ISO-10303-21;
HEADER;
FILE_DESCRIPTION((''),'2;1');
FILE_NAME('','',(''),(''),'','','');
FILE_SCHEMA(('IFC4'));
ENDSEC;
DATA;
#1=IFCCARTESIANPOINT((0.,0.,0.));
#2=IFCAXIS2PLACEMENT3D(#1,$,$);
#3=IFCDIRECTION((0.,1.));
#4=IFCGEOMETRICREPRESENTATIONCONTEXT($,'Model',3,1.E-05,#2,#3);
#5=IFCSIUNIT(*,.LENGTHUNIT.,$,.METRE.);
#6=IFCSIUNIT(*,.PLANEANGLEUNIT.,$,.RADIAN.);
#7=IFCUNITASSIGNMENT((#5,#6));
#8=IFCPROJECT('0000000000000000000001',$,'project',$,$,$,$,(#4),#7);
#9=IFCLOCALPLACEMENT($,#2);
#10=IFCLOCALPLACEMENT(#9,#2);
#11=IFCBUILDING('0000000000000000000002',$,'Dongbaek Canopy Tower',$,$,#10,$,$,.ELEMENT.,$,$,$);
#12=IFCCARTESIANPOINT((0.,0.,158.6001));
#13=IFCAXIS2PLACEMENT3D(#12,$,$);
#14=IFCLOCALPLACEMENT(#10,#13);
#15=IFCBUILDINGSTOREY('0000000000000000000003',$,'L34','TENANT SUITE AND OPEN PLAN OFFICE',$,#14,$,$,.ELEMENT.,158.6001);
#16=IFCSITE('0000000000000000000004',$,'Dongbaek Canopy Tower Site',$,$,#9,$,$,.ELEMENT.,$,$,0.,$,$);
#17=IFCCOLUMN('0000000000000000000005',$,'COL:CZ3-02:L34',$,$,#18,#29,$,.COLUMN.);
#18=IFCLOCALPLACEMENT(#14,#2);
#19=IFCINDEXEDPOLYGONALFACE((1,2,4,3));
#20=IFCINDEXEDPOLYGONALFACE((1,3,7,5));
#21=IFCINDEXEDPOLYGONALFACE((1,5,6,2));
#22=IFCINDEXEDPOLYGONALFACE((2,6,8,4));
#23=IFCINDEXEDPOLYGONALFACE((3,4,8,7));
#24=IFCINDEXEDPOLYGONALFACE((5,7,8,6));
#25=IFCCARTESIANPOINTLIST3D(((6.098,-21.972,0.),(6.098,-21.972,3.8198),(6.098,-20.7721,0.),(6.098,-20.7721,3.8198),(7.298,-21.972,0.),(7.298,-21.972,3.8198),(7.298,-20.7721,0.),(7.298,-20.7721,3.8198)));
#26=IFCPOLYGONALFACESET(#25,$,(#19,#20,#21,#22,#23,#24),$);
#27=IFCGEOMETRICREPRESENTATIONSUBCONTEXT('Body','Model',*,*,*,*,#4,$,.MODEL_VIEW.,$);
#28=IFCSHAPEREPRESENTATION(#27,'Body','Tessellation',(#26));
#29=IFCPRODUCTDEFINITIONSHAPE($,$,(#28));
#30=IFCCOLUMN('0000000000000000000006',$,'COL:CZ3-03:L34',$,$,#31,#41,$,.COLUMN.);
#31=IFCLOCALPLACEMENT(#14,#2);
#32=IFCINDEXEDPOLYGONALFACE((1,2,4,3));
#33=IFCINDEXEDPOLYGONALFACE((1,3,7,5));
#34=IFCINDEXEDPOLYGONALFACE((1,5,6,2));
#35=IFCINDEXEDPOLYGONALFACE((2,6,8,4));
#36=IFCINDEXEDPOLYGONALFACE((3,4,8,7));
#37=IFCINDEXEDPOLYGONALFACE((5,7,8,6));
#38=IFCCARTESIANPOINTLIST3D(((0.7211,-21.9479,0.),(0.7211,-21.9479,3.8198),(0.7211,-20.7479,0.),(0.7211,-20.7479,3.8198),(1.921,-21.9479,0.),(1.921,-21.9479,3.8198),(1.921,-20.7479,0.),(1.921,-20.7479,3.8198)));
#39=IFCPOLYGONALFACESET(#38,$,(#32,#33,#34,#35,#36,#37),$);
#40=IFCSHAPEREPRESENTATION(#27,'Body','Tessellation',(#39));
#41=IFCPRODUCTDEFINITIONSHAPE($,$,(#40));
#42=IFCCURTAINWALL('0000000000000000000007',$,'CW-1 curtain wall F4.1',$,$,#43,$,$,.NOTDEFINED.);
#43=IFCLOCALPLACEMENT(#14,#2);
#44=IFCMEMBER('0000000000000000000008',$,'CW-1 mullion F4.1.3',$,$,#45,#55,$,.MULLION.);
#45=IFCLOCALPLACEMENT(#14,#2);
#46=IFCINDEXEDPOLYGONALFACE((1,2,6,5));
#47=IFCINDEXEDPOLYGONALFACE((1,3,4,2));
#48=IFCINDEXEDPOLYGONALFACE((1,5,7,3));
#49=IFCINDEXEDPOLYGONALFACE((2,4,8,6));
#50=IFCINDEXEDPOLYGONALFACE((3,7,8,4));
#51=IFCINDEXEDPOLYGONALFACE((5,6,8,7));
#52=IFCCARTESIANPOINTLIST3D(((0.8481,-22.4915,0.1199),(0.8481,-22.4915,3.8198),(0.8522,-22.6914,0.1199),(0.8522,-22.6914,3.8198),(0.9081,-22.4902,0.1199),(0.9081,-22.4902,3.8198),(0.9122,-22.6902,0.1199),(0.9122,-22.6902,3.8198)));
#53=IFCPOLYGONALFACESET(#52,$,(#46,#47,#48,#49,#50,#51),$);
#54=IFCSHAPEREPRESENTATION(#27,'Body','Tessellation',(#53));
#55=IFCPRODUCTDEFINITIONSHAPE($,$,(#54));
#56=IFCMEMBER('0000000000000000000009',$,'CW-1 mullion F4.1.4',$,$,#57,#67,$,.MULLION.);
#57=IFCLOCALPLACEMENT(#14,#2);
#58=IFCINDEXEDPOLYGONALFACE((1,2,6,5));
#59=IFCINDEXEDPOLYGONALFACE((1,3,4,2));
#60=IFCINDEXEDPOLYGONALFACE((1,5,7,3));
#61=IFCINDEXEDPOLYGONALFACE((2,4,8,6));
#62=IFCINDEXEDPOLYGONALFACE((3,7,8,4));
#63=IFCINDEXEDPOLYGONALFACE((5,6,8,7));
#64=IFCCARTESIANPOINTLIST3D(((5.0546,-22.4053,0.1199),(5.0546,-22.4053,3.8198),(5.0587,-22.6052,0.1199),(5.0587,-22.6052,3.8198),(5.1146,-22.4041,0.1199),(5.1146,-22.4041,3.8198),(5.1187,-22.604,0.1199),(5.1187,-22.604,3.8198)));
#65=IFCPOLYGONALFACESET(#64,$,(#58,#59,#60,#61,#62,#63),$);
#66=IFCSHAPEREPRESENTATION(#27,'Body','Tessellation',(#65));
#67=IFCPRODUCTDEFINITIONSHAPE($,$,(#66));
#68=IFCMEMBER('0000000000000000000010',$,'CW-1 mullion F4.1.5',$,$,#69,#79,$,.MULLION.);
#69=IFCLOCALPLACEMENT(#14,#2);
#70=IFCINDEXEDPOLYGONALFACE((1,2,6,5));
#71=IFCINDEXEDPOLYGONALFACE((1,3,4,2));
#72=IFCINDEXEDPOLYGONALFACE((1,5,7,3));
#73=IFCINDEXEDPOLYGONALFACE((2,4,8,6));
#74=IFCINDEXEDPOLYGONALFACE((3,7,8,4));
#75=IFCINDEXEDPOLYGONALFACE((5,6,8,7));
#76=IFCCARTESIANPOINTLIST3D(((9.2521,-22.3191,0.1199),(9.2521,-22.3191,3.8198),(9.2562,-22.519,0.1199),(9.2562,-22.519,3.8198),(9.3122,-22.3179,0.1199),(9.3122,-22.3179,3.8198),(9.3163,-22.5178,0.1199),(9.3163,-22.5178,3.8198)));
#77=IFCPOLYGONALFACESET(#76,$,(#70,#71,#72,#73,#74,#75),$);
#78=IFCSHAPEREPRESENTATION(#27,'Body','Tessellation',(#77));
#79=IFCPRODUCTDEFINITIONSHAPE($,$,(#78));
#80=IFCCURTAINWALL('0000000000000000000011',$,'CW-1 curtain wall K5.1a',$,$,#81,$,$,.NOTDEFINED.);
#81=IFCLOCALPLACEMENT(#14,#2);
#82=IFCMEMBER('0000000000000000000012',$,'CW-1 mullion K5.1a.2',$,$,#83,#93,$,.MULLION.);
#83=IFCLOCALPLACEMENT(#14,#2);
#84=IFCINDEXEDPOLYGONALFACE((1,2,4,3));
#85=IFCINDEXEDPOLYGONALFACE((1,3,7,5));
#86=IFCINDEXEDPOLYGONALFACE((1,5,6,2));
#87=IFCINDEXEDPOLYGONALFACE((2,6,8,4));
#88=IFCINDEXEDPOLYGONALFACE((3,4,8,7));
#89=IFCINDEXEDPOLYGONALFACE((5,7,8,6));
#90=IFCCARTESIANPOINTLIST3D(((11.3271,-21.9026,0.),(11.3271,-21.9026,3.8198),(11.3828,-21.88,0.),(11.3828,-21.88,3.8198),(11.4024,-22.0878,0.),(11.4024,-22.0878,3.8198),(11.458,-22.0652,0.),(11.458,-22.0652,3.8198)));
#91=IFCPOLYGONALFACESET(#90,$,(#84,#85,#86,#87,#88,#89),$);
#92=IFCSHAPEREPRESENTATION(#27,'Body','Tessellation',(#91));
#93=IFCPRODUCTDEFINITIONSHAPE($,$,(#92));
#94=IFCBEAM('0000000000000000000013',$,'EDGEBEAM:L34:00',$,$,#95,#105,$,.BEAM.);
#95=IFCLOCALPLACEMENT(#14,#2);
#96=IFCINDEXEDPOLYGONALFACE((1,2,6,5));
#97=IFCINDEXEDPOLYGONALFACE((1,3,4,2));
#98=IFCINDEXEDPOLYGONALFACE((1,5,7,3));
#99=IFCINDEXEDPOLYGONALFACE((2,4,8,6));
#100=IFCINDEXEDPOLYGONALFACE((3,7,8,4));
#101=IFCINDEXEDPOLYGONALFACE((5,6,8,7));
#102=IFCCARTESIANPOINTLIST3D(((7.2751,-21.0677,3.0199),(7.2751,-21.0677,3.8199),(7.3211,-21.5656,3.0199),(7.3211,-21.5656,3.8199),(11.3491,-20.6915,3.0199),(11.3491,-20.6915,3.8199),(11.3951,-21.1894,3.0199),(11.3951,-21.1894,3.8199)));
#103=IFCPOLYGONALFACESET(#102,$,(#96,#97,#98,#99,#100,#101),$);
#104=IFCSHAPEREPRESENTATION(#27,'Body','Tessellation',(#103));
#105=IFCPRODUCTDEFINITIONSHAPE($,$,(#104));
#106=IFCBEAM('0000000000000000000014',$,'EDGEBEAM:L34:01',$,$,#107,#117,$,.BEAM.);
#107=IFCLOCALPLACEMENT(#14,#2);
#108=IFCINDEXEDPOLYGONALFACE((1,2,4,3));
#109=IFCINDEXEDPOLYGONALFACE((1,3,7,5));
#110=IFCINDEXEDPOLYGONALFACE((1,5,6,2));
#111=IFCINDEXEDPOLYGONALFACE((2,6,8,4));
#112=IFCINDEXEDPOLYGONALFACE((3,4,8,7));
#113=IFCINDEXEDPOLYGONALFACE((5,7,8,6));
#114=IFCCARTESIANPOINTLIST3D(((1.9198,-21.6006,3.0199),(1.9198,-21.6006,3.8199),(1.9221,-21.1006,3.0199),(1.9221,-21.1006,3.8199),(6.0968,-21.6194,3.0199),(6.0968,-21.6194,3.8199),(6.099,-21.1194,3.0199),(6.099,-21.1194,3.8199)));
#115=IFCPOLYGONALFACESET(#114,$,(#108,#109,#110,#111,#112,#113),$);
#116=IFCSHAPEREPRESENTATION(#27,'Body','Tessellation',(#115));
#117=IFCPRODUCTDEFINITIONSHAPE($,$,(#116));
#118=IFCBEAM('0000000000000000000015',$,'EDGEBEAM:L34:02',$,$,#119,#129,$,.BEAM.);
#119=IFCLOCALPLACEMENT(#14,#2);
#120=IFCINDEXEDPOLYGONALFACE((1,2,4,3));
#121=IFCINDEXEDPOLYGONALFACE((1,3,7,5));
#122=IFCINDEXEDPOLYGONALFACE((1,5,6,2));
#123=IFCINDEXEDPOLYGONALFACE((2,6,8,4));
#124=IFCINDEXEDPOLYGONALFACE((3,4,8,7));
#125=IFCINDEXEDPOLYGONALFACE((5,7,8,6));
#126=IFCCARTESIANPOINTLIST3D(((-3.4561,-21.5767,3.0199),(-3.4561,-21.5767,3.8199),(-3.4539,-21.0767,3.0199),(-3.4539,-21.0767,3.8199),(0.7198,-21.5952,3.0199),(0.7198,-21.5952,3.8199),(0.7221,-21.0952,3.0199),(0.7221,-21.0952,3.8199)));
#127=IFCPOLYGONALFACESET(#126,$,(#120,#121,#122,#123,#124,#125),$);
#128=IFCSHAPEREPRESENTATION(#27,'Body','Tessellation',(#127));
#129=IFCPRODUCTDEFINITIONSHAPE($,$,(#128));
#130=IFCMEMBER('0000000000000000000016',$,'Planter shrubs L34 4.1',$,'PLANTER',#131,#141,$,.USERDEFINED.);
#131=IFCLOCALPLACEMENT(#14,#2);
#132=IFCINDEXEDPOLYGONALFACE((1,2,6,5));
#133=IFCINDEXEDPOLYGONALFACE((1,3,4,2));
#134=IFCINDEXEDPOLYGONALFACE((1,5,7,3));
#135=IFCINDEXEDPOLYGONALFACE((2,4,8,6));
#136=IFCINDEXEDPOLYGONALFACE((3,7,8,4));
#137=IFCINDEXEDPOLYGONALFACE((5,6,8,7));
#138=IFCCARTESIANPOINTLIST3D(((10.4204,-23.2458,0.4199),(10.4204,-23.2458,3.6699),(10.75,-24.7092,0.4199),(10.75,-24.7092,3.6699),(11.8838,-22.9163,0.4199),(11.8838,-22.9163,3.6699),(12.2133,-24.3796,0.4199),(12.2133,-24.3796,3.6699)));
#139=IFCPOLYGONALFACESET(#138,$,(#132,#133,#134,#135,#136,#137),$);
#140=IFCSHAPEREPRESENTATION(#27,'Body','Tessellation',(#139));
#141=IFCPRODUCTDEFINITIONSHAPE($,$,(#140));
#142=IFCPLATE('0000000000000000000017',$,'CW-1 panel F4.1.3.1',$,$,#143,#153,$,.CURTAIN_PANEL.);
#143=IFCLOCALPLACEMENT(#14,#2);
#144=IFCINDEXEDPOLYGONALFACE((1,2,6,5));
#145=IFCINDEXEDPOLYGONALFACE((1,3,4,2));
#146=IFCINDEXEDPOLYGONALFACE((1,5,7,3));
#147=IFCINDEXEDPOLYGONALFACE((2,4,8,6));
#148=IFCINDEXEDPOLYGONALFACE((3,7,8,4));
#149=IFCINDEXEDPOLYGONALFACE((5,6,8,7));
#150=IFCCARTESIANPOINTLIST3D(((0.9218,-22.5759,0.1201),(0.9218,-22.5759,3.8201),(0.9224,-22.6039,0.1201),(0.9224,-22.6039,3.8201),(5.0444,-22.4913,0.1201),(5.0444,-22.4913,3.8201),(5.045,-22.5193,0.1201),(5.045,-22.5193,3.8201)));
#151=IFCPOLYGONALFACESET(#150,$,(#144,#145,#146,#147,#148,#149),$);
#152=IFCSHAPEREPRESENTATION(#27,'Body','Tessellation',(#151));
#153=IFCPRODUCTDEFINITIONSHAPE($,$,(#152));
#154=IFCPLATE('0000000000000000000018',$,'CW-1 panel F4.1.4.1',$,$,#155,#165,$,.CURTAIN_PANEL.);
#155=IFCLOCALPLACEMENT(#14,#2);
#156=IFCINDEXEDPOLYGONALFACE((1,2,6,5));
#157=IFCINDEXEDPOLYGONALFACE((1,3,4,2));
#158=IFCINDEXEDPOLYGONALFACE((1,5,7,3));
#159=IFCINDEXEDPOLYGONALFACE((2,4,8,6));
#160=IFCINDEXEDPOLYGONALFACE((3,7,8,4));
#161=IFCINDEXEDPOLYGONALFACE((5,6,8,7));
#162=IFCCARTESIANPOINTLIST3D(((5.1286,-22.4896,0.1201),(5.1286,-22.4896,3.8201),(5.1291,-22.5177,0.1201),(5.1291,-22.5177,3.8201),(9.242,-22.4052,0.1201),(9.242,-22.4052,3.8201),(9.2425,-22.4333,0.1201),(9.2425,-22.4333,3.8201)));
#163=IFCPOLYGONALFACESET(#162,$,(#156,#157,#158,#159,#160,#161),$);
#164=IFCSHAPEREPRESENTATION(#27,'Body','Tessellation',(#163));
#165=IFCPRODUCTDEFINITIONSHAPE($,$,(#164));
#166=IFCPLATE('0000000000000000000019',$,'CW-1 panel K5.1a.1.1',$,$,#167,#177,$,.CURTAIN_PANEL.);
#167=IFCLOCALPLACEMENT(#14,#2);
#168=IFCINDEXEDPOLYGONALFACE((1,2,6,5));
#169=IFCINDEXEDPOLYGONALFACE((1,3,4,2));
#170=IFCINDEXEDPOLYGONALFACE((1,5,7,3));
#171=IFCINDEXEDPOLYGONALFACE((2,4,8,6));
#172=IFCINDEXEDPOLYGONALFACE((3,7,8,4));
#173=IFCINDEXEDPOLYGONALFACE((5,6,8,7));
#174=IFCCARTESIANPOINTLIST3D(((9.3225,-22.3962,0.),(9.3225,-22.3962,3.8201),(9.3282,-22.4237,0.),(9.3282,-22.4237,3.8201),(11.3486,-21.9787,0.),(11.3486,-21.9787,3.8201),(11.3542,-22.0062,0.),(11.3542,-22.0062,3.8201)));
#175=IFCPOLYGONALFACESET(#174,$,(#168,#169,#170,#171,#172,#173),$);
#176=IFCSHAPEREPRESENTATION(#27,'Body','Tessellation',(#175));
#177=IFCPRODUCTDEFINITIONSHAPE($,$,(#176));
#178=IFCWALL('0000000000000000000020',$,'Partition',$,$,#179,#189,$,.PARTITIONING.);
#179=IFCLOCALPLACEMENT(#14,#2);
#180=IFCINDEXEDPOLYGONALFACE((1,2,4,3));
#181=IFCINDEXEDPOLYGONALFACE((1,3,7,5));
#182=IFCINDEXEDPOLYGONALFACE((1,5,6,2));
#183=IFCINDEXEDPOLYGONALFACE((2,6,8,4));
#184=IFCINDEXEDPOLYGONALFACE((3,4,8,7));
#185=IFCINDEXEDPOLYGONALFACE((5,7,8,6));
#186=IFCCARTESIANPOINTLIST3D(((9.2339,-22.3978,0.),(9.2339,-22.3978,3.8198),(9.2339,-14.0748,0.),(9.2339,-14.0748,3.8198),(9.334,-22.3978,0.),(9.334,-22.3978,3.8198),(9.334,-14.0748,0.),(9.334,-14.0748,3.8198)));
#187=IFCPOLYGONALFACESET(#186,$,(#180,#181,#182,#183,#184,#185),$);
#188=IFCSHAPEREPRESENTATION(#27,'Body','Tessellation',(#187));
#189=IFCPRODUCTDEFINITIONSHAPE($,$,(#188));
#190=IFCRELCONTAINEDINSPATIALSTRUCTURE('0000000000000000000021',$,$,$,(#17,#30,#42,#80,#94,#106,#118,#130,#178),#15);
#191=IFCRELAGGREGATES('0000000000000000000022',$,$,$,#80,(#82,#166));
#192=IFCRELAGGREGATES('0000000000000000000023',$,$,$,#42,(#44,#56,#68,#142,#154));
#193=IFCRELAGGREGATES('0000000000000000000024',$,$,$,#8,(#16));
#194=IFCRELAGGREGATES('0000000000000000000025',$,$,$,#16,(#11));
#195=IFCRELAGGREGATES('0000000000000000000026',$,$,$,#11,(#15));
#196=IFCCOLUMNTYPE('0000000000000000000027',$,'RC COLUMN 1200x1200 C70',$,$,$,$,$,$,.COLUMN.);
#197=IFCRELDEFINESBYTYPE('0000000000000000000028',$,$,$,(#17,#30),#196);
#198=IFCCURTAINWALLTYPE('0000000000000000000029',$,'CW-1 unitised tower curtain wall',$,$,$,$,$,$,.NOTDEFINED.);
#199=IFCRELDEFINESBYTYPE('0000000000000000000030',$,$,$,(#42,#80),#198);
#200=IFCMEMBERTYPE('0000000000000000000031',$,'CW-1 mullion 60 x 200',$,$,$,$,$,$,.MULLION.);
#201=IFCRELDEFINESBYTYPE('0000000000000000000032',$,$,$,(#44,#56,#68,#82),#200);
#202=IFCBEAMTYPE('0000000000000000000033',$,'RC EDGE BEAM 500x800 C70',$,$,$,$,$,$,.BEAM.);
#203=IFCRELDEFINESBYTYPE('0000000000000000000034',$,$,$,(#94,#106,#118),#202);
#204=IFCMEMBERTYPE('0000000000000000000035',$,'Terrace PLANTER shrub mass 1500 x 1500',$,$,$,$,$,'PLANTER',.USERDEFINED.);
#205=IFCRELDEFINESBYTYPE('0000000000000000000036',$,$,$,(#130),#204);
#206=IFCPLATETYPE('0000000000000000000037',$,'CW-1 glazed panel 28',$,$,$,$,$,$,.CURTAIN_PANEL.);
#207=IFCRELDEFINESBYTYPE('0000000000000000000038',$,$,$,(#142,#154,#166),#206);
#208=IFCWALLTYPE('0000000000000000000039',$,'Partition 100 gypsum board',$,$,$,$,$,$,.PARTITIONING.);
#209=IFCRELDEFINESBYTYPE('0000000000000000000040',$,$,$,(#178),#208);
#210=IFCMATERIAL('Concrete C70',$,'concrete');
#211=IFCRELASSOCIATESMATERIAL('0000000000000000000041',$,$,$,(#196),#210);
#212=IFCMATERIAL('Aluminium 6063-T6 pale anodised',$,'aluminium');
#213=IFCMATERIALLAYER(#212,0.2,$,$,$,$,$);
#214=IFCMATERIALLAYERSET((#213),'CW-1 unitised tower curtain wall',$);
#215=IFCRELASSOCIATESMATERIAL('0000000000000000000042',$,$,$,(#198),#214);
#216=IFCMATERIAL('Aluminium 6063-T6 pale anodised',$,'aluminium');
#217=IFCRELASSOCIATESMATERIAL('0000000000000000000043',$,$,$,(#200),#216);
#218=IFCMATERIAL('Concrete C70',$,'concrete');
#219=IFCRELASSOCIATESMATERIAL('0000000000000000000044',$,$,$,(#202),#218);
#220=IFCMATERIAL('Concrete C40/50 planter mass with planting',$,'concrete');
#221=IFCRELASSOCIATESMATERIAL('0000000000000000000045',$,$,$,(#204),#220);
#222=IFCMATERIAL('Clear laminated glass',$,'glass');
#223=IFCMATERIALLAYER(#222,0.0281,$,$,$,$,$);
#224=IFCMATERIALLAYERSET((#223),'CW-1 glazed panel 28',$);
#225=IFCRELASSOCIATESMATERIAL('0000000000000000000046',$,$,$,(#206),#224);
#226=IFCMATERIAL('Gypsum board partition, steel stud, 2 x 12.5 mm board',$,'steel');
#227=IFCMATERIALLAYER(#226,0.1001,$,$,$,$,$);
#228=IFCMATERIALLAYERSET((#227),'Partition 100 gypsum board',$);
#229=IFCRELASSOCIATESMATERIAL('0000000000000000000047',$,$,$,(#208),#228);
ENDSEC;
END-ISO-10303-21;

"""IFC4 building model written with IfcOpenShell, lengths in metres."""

from ifc_helpers import new_model, si_unit, direction, frame, frame_2d, origin, origin_2d, place, context, subcontext, project, spatial, rectangle, extrude, material, layer, layer_set, material_profile, profile_set, type_object, element, aggregate, save


model = new_model("IFC4")

# Units and contexts
model_context = context("Model", 3, precision=1e-05, world=origin(), true_north=direction((0.0, 1.0)))
body_context = subcontext(model_context, "Body", "Model", "MODEL_VIEW")
ifc_project = project(units=[si_unit("LENGTHUNIT", "METRE"), si_unit("PLANEANGLEUNIT", "RADIAN")], contexts=[model_context])

# Site, building, storey
site_placement = place(None, origin())
site = spatial("IfcSite", under=ifc_project, at=site_placement, Name="Dongbaek Canopy Tower Site", CompositionType="ELEMENT", RefElevation=0.0)
building_placement = place(site_placement, origin())
building = spatial("IfcBuilding", under=site, at=building_placement, Name="Dongbaek Canopy Tower", CompositionType="ELEMENT")
storey_placement = place(building_placement, frame((0.0, 0.0, 158.6001)))
storey = spatial("IfcBuildingStorey", under=building, at=storey_placement, Name="L34", Description="TENANT SUITE AND OPEN PLAN OFFICE", CompositionType="ELEMENT", Elevation=158.6001)

# Columns
ifc_material_1 = material(Name="Concrete C70", Category="concrete")
ifc_material_profile_1 = material_profile(ifc_material_1, rectangle(XDim=1.2, YDim=1.2, at=origin_2d()), Name="RC COLUMN 1200x1200 C70")
ifc_profile_set_1 = profile_set([ifc_material_profile_1], Name="Concrete C70")
column_type = type_object("IfcColumnType", Name="RC COLUMN 1200x1200 C70", PredefinedType="COLUMN", material=ifc_profile_set_1)
for number, where, z_axis, x_axis, name in (
    (1, (6.698, -21.3721, 0.0), (0.0, 0.0, 1.0), (1.0, 0.0, 0.0), "COL:CZ3-02:L34"),
    (2, (1.321, -21.3479, 0.0), (0.0, 0.0, 1.0), (1.0, 0.0, 0.0), "COL:CZ3-03:L34"),
):
    element("IfcColumn", number, at=place(storey_placement, frame(where, z_axis=z_axis, x_axis=x_axis)), inside=storey, type_object=column_type, Name=name, PredefinedType="COLUMN", context=body_context, shape_type="SweptSolid", body=[
        extrude(rectangle(XDim=1.2, YDim=1.2, at=origin_2d()), origin(), (0.0, 0.0, 1.0), 3.8198),
    ])

# Curtain wall, members
ifc_material_2 = material(Name="Aluminium 6063-T6 pale anodised", Category="aluminium")
ifc_layer_1 = layer(ifc_material_2, 0.2)
ifc_layer_set_1 = layer_set([ifc_layer_1], Name="CW-1 unitised tower curtain wall")
curtain_wall_type = type_object("IfcCurtainWallType", Name="CW-1 unitised tower curtain wall", PredefinedType="NOTDEFINED", material=ifc_layer_set_1)
curtain_wall_1_placement = place(storey_placement, origin())
curtain_wall_1 = element("IfcCurtainWall", 3, at=curtain_wall_1_placement, inside=storey, type_object=curtain_wall_type, Name="CW-1 curtain wall F4.1", PredefinedType="NOTDEFINED")
ifc_material_3 = material(Name="Aluminium 6063-T6 pale anodised", Category="aluminium")
ifc_material_profile_2 = material_profile(ifc_material_3, rectangle(XDim=0.2, YDim=0.0601, at=origin_2d()), Name="CW-1 mullion 60 x 200")
ifc_profile_set_2 = profile_set([ifc_material_profile_2], Name="Aluminium 6063-T6 pale anodised")
member_type_1 = type_object("IfcMemberType", Name="CW-1 mullion 60 x 200", PredefinedType="MULLION", material=ifc_profile_set_2)
member_1_placement = place(storey_placement, frame((0.8801, -22.5908, 0.1199), z_axis=(0.0, 0.0, 1.0), x_axis=(0.020515, -0.99979, 0.0)))
member_1 = element("IfcMember", 4, at=member_1_placement, type_object=member_type_1, Name="CW-1 mullion F4.1.3", PredefinedType="MULLION", context=body_context, shape_type="SweptSolid", body=[
    extrude(rectangle(XDim=0.2, YDim=0.0601, at=origin_2d()), origin(), (0.0, 0.0, 1.0), 3.7),
])
member_2_placement = place(storey_placement, frame((5.0867, -22.5046, 0.1199), z_axis=(0.0, 0.0, 1.0), x_axis=(0.020515, -0.99979, 0.0)))
member_2 = element("IfcMember", 5, at=member_2_placement, type_object=member_type_1, Name="CW-1 mullion F4.1.4", PredefinedType="MULLION", context=body_context, shape_type="SweptSolid", body=[
    extrude(rectangle(XDim=0.2, YDim=0.0601, at=origin_2d()), origin(), (0.0, 0.0, 1.0), 3.7),
])
member_3_placement = place(storey_placement, frame((9.2842, -22.4185, 0.1199), z_axis=(0.0, 0.0, 1.0), x_axis=(0.020515, -0.99979, 0.0)))
member_3 = element("IfcMember", 6, at=member_3_placement, type_object=member_type_1, Name="CW-1 mullion F4.1.5", PredefinedType="MULLION", context=body_context, shape_type="SweptSolid", body=[
    extrude(rectangle(XDim=0.2, YDim=0.0601, at=origin_2d()), origin(), (0.0, 0.0, 1.0), 3.7),
])

# Curtain wall, member
curtain_wall_2_placement = place(storey_placement, origin())
curtain_wall_2 = element("IfcCurtainWall", 7, at=curtain_wall_2_placement, inside=storey, type_object=curtain_wall_type, Name="CW-1 curtain wall K5.1a", PredefinedType="NOTDEFINED")
member_4_placement = place(storey_placement, frame((11.3926, -21.9839, 0.0), z_axis=(0.0, 0.0, 1.0), x_axis=(0.376398, -0.926458, 0.0)))
member_4 = element("IfcMember", 8, at=member_4_placement, type_object=member_type_1, Name="CW-1 mullion K5.1a.2", PredefinedType="MULLION", context=body_context, shape_type="SweptSolid", body=[
    extrude(rectangle(XDim=0.2, YDim=0.0601, at=origin_2d()), origin(), (0.0, 0.0, 1.0), 3.8198),
])

# Beams
ifc_material_4 = material(Name="Concrete C70", Category="concrete")
ifc_material_profile_3 = material_profile(ifc_material_4, rectangle(XDim=0.5, YDim=0.8, at=origin_2d()), Name="RC EDGE BEAM 500x800 C70")
ifc_profile_set_3 = profile_set([ifc_material_profile_3], Name="Concrete C70")
beam_type = type_object("IfcBeamType", Name="RC EDGE BEAM 500x800 C70", PredefinedType="BEAM", material=ifc_profile_set_3)
beam_1_placement = place(storey_placement, frame((11.3721, -20.9404, 3.4199), z_axis=(-0.995763, -0.091956, 0.0), x_axis=(0.091956, -0.995763, 0.0)))
element("IfcBeam", 9, at=beam_1_placement, inside=storey, type_object=beam_type, Name="EDGEBEAM:L34:00", PredefinedType="BEAM", context=body_context, shape_type="SweptSolid", body=[
    extrude(rectangle(XDim=0.5, YDim=0.8, at=origin_2d()), origin(), (0.0, 0.0, 1.0), 4.0913),
])
beam_2_placement = place(storey_placement, frame((6.0979, -21.3694, 3.4199), z_axis=(-0.99999, 0.004501, 0.0), x_axis=(-0.004501, -0.99999, 0.0)))
element("IfcBeam", 10, at=beam_2_placement, inside=storey, type_object=beam_type, Name="EDGEBEAM:L34:01", PredefinedType="BEAM", context=body_context, shape_type="SweptSolid", body=[
    extrude(rectangle(XDim=0.5, YDim=0.8, at=origin_2d()), origin(), (0.0, 0.0, 1.0), 4.177),
])
beam_3_placement = place(storey_placement, frame((0.7209, -21.3452, 3.4199), z_axis=(-0.99999, 0.004443, 0.0), x_axis=(-0.004443, -0.99999, 0.0)))
element("IfcBeam", 11, at=beam_3_placement, inside=storey, type_object=beam_type, Name="EDGEBEAM:L34:02", PredefinedType="BEAM", context=body_context, shape_type="SweptSolid", body=[
    extrude(rectangle(XDim=0.5, YDim=0.8, at=origin_2d()), origin(), (0.0, 0.0, 1.0), 4.176),
])

# Member
ifc_material_5 = material(Name="Concrete C40/50 planter mass with planting", Category="concrete")
ifc_material_profile_4 = material_profile(ifc_material_5, rectangle(XDim=1.5, YDim=1.5, at=origin_2d()), Name="Terrace PLANTER shrub mass 1500 x 1500")
ifc_profile_set_4 = profile_set([ifc_material_profile_4], Name="Concrete C40/50 planter mass with planting")
member_type_2 = type_object("IfcMemberType", Name="Terrace PLANTER shrub mass 1500 x 1500", ElementType="PLANTER", PredefinedType="USERDEFINED", material=ifc_profile_set_4)
member_5_placement = place(storey_placement, frame((11.3169, -23.8127, 0.4199), z_axis=(0.0, 0.0, 1.0), x_axis=(0.219698, -0.975568, 0.0)))
element("IfcMember", 12, at=member_5_placement, inside=storey, type_object=member_type_2, Name="Planter shrubs L34 4.1", ObjectType="PLANTER", PredefinedType="USERDEFINED", context=body_context, shape_type="SweptSolid", body=[
    extrude(rectangle(XDim=1.5, YDim=1.5, at=origin_2d()), origin(), (0.0, 0.0, 1.0), 3.25),
])

# Plates
ifc_material_6 = material(Name="Clear laminated glass", Category="glass")
ifc_layer_2 = layer(ifc_material_6, 0.0281)
ifc_layer_set_2 = layer_set([ifc_layer_2], Name="CW-1 glazed panel 28")
plate_type = type_object("IfcPlateType", Name="CW-1 glazed panel 28", PredefinedType="CURTAIN_PANEL", material=ifc_layer_set_2)
plate_1_placement = place(storey_placement, frame((2.9834, -22.5476, 0.1201), z_axis=(0.0, 0.0, 1.0), x_axis=(0.99979, 0.020515, 0.0)))
plate_1 = element("IfcPlate", 13, at=plate_1_placement, type_object=plate_type, Name="CW-1 panel F4.1.3.1", PredefinedType="CURTAIN_PANEL", context=body_context, shape_type="SweptSolid", body=[
    extrude(rectangle(XDim=4.1235, YDim=0.0281, at=origin_2d()), origin(), (0.0, 0.0, 1.0), 3.7),
])
plate_2_placement = place(storey_placement, frame((7.1855, -22.4614, 0.1201), z_axis=(0.0, 0.0, 1.0), x_axis=(0.99979, 0.020515, 0.0)))
plate_2 = element("IfcPlate", 14, at=plate_2_placement, type_object=plate_type, Name="CW-1 panel F4.1.4.1", PredefinedType="CURTAIN_PANEL", context=body_context, shape_type="SweptSolid", body=[
    extrude(rectangle(XDim=4.1143, YDim=0.0281, at=origin_2d()), origin(), (0.0, 0.0, 1.0), 3.7),
])
plate_3_placement = place(storey_placement, frame((10.3384, -22.2012, 0.0), z_axis=(0.0, 0.0, 1.0), x_axis=(0.979424, 0.201815, 0.0)))
plate_3 = element("IfcPlate", 15, at=plate_3_placement, type_object=plate_type, Name="CW-1 panel K5.1a.1.1", PredefinedType="CURTAIN_PANEL", context=body_context, shape_type="SweptSolid", body=[
    extrude(rectangle(XDim=2.0686, YDim=0.0281, at=origin_2d()), origin(), (0.0, 0.0, 1.0), 3.8201),
])
aggregate(curtain_wall_2, [member_4, plate_3])

# Wall
ifc_material_7 = material(Name="Gypsum board partition, steel stud, 2 x 12.5 mm board", Category="steel")
ifc_layer_3 = layer(ifc_material_7, 0.1001)
ifc_layer_set_3 = layer_set([ifc_layer_3], Name="Partition 100 gypsum board")
wall_type = type_object("IfcWallType", Name="Partition 100 gypsum board", PredefinedType="PARTITIONING", material=ifc_layer_set_3)
wall_1_placement = place(storey_placement, frame((9.2839, -22.3979, 0.0), z_axis=(0.0, 0.0, 1.0), x_axis=(0.0, 1.0, 0.0)))
element("IfcWall", 16, at=wall_1_placement, inside=storey, type_object=wall_type, Name="Partition", PredefinedType="PARTITIONING", context=body_context, shape_type="SweptSolid", body=[
    extrude(rectangle(XDim=8.323, YDim=0.1001, at=frame_2d((4.1616, 0.0))), origin(), (0.0, 0.0, 1.0), 3.8198),
])

aggregate(curtain_wall_1, [member_1, member_2, member_3, plate_1, plate_2])

save(model, "model.ifc")
